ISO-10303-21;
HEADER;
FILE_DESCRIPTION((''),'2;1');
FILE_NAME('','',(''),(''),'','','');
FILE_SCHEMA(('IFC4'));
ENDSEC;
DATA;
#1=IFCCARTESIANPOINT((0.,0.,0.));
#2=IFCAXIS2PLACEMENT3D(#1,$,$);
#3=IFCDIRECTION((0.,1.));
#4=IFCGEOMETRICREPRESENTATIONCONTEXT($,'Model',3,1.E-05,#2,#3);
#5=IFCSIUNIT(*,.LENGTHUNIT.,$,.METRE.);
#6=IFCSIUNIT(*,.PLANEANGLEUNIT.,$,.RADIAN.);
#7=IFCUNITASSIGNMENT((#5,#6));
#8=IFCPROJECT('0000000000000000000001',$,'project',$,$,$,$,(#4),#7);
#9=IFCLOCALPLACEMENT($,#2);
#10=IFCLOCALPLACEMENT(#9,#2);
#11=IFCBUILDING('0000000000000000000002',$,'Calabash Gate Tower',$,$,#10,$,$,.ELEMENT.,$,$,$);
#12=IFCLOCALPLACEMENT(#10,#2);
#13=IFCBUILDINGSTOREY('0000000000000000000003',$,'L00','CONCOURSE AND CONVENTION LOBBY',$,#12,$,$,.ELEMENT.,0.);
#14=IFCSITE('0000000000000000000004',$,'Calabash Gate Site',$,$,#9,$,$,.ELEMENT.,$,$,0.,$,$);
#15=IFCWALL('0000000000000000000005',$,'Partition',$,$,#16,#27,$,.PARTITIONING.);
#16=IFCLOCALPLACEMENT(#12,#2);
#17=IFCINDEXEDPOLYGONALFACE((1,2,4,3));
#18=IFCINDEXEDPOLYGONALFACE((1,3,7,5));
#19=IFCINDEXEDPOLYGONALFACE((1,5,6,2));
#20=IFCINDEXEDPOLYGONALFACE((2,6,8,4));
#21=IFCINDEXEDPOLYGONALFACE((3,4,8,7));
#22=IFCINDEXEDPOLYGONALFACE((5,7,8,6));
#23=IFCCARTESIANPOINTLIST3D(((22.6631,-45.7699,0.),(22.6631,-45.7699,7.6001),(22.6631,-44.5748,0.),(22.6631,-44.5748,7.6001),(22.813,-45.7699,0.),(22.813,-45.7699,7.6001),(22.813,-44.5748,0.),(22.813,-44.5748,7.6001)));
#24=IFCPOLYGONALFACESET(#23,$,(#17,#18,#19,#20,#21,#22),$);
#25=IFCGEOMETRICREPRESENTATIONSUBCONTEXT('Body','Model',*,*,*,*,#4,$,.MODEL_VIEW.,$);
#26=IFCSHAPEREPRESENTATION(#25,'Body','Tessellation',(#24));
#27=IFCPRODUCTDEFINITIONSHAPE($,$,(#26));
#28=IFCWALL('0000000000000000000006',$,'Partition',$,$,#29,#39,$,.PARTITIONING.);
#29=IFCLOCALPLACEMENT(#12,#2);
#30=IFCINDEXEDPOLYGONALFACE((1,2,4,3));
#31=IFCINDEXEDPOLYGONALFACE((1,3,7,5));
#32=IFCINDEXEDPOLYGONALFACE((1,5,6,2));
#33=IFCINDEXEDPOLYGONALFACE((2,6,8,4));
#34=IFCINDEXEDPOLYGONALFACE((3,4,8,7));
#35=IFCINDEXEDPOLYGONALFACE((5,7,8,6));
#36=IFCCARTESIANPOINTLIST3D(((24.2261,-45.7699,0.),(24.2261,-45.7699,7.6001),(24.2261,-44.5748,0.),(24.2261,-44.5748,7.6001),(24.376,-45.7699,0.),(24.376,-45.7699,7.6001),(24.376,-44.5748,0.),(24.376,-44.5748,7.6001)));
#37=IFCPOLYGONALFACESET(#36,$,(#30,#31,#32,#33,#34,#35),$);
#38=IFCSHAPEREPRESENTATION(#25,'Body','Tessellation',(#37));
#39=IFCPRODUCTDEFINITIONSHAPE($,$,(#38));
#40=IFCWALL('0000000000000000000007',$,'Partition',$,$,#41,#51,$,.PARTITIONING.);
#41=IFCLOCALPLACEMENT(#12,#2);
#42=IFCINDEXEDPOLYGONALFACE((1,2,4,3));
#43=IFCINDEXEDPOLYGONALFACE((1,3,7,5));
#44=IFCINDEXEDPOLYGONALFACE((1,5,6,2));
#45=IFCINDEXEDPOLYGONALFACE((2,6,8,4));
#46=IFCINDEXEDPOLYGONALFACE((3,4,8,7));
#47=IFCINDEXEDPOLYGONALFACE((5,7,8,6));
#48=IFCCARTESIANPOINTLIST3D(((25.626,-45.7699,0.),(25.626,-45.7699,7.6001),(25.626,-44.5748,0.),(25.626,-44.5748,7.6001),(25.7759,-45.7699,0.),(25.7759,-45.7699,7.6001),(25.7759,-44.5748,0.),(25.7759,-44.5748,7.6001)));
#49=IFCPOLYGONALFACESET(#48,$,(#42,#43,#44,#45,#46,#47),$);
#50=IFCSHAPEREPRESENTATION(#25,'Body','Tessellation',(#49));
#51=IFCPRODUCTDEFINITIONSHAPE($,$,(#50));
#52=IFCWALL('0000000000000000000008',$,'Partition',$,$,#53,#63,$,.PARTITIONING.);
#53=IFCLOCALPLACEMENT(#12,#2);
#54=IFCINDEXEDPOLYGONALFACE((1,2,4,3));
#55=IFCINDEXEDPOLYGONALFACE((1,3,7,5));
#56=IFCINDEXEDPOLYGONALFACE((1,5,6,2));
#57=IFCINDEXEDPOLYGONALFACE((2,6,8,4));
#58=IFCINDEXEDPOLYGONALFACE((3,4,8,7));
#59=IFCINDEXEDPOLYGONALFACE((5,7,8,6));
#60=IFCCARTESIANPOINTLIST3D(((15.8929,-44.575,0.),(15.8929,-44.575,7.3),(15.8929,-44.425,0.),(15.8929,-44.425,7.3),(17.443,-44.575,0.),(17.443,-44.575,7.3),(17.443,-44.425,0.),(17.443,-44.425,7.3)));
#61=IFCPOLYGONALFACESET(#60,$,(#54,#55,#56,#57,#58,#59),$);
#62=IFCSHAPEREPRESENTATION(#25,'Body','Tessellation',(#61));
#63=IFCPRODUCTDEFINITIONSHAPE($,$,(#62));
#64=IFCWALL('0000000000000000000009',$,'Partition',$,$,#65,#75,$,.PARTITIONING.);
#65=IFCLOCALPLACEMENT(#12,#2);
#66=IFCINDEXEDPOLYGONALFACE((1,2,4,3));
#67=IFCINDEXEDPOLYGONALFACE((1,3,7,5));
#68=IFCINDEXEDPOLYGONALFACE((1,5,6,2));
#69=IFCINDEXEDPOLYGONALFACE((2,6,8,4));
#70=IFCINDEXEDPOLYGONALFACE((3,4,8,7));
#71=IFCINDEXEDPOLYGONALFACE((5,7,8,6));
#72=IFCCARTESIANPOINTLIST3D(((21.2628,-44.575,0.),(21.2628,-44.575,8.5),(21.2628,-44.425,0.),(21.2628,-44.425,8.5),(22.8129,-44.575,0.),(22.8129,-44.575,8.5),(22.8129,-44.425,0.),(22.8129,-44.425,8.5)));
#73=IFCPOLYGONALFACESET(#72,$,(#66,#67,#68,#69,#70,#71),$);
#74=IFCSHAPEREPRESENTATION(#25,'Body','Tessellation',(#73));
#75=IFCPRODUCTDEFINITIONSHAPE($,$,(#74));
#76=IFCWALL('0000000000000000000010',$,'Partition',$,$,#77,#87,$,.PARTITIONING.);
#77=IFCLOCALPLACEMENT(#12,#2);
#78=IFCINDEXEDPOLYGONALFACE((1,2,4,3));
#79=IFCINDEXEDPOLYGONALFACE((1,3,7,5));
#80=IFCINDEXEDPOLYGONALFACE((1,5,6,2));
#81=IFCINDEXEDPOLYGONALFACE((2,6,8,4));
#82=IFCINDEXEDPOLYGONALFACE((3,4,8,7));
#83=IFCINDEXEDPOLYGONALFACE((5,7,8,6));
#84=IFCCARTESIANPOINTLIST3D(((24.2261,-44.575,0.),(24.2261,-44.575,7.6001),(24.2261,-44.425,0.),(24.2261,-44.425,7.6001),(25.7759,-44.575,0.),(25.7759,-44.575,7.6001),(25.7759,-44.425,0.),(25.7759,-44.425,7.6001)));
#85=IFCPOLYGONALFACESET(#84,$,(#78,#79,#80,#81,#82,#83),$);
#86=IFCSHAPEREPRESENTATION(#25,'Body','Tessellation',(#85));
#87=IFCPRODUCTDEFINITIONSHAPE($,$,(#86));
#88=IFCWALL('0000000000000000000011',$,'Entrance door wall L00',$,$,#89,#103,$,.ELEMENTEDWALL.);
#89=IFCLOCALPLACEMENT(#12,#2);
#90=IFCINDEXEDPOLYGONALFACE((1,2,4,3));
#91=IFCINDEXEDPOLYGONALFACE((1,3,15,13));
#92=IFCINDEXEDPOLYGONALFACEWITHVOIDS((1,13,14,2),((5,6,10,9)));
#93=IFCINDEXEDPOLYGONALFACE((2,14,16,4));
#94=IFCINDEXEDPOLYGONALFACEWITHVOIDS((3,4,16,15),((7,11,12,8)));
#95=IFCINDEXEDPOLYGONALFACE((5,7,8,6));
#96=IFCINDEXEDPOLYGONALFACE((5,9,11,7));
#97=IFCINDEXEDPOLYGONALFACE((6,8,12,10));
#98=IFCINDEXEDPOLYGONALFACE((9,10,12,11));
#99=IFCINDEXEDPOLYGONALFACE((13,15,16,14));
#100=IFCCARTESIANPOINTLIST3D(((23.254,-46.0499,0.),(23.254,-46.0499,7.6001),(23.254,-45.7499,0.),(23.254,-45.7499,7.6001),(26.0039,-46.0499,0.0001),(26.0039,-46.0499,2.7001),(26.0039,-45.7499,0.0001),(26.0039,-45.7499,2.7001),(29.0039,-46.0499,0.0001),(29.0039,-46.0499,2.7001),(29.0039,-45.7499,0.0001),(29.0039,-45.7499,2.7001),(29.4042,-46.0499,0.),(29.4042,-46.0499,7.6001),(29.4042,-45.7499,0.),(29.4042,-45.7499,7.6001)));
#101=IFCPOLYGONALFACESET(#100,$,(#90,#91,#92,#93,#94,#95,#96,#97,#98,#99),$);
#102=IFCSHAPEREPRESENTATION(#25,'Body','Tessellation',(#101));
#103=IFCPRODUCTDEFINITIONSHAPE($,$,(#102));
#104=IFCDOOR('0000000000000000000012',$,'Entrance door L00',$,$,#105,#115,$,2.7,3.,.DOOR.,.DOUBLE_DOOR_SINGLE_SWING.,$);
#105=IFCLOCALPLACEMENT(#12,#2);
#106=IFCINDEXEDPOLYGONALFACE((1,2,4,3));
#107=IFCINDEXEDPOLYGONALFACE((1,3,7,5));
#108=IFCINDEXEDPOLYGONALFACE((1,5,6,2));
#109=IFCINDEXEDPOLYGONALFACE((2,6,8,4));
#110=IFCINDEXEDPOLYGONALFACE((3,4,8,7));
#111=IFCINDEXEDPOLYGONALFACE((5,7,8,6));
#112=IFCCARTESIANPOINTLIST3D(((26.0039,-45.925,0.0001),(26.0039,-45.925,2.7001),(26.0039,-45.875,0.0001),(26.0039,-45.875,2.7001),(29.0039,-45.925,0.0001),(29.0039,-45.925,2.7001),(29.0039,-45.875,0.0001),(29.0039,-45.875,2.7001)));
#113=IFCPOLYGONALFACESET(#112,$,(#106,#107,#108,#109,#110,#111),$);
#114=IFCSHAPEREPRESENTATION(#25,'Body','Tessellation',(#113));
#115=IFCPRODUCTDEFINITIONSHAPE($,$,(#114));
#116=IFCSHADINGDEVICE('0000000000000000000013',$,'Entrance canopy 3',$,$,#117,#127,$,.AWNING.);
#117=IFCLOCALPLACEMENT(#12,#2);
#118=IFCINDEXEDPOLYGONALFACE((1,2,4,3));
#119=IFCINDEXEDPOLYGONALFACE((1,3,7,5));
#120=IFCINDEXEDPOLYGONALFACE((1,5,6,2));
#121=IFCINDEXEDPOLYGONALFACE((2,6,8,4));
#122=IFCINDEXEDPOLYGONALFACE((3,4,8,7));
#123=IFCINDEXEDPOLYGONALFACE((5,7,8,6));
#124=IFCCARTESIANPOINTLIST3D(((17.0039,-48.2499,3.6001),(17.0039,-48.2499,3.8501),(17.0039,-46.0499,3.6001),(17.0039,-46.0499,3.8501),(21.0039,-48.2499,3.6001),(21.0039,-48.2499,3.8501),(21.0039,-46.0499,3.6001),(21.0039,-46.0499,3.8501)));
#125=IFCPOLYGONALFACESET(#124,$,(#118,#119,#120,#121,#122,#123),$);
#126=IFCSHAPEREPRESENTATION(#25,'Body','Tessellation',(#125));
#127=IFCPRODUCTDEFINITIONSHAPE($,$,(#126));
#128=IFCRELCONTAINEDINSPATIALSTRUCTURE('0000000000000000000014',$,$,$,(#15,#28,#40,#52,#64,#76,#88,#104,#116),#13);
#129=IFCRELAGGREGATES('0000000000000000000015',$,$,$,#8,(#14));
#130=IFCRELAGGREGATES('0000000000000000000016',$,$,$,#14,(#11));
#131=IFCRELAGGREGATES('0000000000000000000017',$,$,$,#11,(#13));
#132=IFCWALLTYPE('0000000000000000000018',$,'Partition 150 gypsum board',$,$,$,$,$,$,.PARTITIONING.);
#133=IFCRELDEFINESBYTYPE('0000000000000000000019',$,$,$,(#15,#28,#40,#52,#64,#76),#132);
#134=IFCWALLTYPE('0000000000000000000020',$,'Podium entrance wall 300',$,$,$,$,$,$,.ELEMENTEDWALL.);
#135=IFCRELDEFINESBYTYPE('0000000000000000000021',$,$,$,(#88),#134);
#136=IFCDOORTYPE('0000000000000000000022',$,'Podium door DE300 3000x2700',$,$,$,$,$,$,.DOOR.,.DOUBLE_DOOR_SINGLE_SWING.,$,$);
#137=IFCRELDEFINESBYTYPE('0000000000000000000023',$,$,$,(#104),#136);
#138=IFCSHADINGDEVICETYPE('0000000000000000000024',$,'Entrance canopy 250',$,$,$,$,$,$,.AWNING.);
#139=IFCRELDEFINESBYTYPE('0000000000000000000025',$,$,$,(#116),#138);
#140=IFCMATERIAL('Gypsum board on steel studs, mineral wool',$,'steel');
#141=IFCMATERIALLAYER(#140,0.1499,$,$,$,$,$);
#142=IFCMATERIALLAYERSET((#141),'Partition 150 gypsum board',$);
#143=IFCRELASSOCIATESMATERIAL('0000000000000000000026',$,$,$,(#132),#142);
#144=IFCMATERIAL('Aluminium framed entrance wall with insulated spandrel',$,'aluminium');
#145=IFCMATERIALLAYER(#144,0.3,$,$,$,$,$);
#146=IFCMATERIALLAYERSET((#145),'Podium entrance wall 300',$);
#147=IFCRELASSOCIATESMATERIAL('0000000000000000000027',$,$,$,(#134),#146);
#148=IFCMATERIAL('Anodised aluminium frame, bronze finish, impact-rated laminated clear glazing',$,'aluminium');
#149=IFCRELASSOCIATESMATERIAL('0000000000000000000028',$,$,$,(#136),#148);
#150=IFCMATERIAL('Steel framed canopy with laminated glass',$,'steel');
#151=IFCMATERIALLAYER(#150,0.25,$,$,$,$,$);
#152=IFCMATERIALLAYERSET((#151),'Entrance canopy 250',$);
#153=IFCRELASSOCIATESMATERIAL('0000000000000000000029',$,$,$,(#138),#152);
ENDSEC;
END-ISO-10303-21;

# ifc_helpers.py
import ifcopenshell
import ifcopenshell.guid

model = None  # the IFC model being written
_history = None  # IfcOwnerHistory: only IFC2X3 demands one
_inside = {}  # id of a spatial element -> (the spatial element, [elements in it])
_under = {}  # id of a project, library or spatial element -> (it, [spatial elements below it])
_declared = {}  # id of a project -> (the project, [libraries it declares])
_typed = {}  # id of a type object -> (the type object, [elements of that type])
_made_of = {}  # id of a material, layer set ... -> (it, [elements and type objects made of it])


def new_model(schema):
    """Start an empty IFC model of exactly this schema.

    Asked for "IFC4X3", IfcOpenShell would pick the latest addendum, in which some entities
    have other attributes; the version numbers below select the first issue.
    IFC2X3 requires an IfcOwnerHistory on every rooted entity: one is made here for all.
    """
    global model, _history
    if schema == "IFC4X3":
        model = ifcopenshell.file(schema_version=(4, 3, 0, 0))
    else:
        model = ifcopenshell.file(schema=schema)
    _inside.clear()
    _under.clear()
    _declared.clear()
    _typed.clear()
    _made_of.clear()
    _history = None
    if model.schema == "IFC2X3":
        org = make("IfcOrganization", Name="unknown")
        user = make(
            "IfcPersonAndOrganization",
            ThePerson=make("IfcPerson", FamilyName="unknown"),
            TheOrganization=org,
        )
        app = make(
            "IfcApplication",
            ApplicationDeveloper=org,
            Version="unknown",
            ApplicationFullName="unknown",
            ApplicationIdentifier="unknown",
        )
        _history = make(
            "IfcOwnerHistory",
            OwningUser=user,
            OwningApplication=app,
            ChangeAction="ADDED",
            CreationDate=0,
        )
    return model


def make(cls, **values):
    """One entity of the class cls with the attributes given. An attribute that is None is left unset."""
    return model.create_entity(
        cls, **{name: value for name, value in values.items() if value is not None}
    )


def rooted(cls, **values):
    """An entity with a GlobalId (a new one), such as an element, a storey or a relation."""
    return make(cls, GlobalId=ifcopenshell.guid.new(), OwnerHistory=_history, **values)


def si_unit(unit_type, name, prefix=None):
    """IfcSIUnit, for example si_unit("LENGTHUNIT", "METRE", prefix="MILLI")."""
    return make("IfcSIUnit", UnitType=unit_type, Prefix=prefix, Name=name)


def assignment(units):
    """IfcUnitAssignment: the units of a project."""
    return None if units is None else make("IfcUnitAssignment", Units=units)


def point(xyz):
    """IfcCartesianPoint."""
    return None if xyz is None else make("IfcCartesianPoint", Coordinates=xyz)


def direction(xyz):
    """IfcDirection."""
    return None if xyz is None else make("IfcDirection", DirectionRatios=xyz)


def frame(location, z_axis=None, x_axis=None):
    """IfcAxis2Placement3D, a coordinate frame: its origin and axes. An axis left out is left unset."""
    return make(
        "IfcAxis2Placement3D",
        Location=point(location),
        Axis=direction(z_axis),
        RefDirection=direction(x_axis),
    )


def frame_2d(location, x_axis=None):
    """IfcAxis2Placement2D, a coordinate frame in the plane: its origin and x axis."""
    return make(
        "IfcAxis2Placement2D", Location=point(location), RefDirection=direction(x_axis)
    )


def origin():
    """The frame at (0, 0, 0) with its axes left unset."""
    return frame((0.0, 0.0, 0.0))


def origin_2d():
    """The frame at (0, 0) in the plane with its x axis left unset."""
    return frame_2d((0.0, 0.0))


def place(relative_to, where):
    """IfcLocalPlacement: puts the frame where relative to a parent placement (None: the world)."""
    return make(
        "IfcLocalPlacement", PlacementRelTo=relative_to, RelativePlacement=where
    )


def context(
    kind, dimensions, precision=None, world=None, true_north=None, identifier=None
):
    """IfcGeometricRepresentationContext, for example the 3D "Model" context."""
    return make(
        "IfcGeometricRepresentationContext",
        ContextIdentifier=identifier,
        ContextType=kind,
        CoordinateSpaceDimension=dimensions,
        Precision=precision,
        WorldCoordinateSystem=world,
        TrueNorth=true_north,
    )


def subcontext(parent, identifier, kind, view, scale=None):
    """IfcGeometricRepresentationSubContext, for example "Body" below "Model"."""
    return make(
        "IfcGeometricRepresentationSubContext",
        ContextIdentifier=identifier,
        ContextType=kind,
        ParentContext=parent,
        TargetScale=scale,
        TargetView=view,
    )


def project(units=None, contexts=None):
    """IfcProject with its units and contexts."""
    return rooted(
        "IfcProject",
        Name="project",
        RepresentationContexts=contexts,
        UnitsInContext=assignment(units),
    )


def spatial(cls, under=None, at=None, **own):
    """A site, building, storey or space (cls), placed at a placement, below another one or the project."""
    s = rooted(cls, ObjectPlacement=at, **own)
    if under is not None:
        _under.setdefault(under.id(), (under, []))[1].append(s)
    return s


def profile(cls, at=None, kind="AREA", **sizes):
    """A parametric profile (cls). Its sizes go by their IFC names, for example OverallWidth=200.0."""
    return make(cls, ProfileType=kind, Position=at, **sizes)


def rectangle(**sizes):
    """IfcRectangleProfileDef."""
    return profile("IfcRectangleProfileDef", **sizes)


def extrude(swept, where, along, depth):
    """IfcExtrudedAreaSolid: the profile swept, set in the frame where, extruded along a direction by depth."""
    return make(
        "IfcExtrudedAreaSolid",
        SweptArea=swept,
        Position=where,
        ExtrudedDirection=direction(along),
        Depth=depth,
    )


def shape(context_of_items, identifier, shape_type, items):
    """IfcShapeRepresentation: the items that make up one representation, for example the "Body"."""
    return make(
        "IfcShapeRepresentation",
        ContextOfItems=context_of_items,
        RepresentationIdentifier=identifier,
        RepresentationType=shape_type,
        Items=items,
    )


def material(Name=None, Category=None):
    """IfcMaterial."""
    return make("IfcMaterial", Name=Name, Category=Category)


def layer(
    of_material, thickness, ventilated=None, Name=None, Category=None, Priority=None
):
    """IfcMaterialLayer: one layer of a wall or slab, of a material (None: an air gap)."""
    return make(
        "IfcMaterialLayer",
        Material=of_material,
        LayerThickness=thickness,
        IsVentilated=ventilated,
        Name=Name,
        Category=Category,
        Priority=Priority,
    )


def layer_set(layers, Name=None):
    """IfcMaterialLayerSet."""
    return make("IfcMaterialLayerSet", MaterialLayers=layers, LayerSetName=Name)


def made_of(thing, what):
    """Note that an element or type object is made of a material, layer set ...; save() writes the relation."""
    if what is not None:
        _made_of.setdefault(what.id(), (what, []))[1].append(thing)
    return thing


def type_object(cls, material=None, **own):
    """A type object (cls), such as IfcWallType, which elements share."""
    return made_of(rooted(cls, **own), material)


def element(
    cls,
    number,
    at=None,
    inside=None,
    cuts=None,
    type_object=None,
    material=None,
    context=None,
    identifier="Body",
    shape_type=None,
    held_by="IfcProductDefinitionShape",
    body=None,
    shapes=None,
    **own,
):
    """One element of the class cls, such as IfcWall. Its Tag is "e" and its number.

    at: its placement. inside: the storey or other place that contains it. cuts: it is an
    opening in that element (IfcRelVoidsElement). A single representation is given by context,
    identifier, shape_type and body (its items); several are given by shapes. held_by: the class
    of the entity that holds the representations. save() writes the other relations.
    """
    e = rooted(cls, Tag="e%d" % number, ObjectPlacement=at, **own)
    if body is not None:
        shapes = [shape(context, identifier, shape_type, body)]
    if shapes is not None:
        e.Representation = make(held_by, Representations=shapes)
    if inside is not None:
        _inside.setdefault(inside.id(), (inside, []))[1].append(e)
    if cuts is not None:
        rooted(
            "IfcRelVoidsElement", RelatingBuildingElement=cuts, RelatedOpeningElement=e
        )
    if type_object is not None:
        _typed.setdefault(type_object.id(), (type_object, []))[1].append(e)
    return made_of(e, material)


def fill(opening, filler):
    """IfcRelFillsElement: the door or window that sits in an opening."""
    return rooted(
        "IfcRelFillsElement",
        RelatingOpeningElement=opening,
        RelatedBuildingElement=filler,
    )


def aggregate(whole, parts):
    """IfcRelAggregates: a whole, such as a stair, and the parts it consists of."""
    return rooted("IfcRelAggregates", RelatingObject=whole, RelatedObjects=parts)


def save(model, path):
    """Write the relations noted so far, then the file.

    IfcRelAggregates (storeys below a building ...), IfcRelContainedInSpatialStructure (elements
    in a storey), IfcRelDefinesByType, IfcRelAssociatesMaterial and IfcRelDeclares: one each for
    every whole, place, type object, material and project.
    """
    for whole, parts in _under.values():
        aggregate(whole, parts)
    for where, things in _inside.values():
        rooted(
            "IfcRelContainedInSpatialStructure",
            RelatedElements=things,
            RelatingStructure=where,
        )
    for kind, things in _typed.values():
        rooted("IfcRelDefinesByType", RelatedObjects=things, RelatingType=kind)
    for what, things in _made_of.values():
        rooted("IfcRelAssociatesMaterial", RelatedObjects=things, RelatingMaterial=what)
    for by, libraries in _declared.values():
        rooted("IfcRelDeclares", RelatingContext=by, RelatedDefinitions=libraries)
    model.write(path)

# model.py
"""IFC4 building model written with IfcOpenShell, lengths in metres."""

from ifc_helpers import new_model, si_unit, direction, frame, frame_2d, origin, origin_2d, place, context, subcontext, project, spatial, rectangle, extrude, material, layer, layer_set, type_object, element, fill, save


model = new_model("IFC4")

# Units and contexts
model_context = context("Model", 3, precision=1e-05, world=origin(), true_north=direction((0.0, 1.0)))
body_context = subcontext(model_context, "Body", "Model", "MODEL_VIEW")
ifc_project = project(units=[si_unit("LENGTHUNIT", "METRE"), si_unit("PLANEANGLEUNIT", "RADIAN")], contexts=[model_context])

# Site, building, storey
site_placement = place(None, origin())
site = spatial("IfcSite", under=ifc_project, at=site_placement, Name="Calabash Gate Site", CompositionType="ELEMENT", RefElevation=0.0)
building_placement = place(site_placement, origin())
building = spatial("IfcBuilding", under=site, at=building_placement, Name="Calabash Gate Tower", CompositionType="ELEMENT")
storey_placement = place(building_placement, origin())
storey = spatial("IfcBuildingStorey", under=building, at=storey_placement, Name="L00", Description="CONCOURSE AND CONVENTION LOBBY", CompositionType="ELEMENT", Elevation=0.0)

# Walls
ifc_material_1 = material(Name="Gypsum board on steel studs, mineral wool", Category="steel")
ifc_layer_1 = layer(ifc_material_1, 0.1499)
ifc_layer_set_1 = layer_set([ifc_layer_1], Name="Partition 150 gypsum board")
wall_type_1 = type_object("IfcWallType", Name="Partition 150 gypsum board", PredefinedType="PARTITIONING", material=ifc_layer_set_1)
for number, where, z_axis, x_axis, name in (
    (1, (22.738, -45.77, 0.0), (0.0, 0.0, 1.0), (0.0, 1.0, 0.0), "Partition"),
    (2, (24.301, -45.77, 0.0), (0.0, 0.0, 1.0), (0.0, 1.0, 0.0), "Partition"),
    (3, (25.7009, -45.77, 0.0), (0.0, 0.0, 1.0), (0.0, 1.0, 0.0), "Partition"),
):
    element("IfcWall", number, at=place(storey_placement, frame(where, z_axis=z_axis, x_axis=x_axis)), inside=storey, type_object=wall_type_1, Name=name, PredefinedType="PARTITIONING", context=body_context, shape_type="SweptSolid", body=[
        extrude(rectangle(XDim=1.1951, YDim=0.1499, at=frame_2d((0.5977, 0.0))), origin(), (0.0, 0.0, 1.0), 7.6001),
    ])
wall_1_placement = place(storey_placement, frame((15.8931, -44.5, 0.0), z_axis=(0.0, 0.0, 1.0), x_axis=(1.0, 0.0, 0.0)))
element("IfcWall", 4, at=wall_1_placement, inside=storey, type_object=wall_type_1, Name="Partition", PredefinedType="PARTITIONING", context=body_context, shape_type="SweptSolid", body=[
    extrude(rectangle(XDim=1.55, YDim=0.1499, at=frame_2d((0.7749, 0.0))), origin(), (0.0, 0.0, 1.0), 7.3),
])
wall_2_placement = place(storey_placement, frame((21.2629, -44.5, 0.0), z_axis=(0.0, 0.0, 1.0), x_axis=(1.0, 0.0, 0.0)))
element("IfcWall", 5, at=wall_2_placement, inside=storey, type_object=wall_type_1, Name="Partition", PredefinedType="PARTITIONING", context=body_context, shape_type="SweptSolid", body=[
    extrude(rectangle(XDim=1.55, YDim=0.1499, at=frame_2d((0.7749, 0.0))), origin(), (0.0, 0.0, 1.0), 8.5),
])
wall_3_placement = place(storey_placement, frame((24.2261, -44.5, 0.0), z_axis=(0.0, 0.0, 1.0), x_axis=(1.0, 0.0, 0.0)))
element("IfcWall", 6, at=wall_3_placement, inside=storey, type_object=wall_type_1, Name="Partition", PredefinedType="PARTITIONING", context=body_context, shape_type="SweptSolid", body=[
    extrude(rectangle(XDim=1.5498, YDim=0.1499, at=frame_2d((0.7749, 0.0))), origin(), (0.0, 0.0, 1.0), 7.6001),
])

# Wall, opening, door
ifc_material_2 = material(Name="Aluminium framed entrance wall with insulated spandrel", Category="aluminium")
ifc_layer_2 = layer(ifc_material_2, 0.3)
ifc_layer_set_2 = layer_set([ifc_layer_2], Name="Podium entrance wall 300")
wall_type_2 = type_object("IfcWallType", Name="Podium entrance wall 300", PredefinedType="ELEMENTEDWALL", material=ifc_layer_set_2)
wall_4_placement = place(storey_placement, frame((23.2539, -45.8999, 0.0), z_axis=(0.0, 0.0, 1.0), x_axis=(1.0, 0.0, 0.0)))
wall_4 = element("IfcWall", 7, at=wall_4_placement, inside=storey, type_object=wall_type_2, Name="Entrance door wall L00", PredefinedType="ELEMENTEDWALL", context=body_context, shape_type="SweptSolid", body=[
    extrude(rectangle(XDim=6.1501, YDim=0.3, at=frame_2d((3.0752, 0.0))), origin(), (0.0, 0.0, 1.0), 7.6001),
])
opening_placement = place(wall_4_placement, frame((2.75, 0.0, 0.0)))
opening = element("IfcOpeningElement", 8, at=opening_placement, cuts=wall_4, PredefinedType="OPENING", context=body_context, shape_type="SweptSolid", body=[
    extrude(rectangle(XDim=3.0, YDim=2.7, at=frame_2d((1.5, 1.3501))), frame((0.0, 0.1599, 0.0), z_axis=(0.0, -1.0, 0.0), x_axis=(1.0, 0.0, 0.0)), (0.0, 0.0, 1.0), 0.3201),
])
ifc_material_3 = material(Name="Anodised aluminium frame, bronze finish, impact-rated laminated clear glazing", Category="aluminium")
door_type = type_object("IfcDoorType", Name="Podium door DE300 3000x2700", OperationType="DOUBLE_DOOR_SINGLE_SWING", PredefinedType="DOOR", material=ifc_material_3)
door_placement = place(opening_placement, origin())
door = element("IfcDoor", 9, at=door_placement, inside=storey, type_object=door_type, Name="Entrance door L00", OperationType="DOUBLE_DOOR_SINGLE_SWING", OverallHeight=2.7, OverallWidth=3.0, PredefinedType="DOOR", context=body_context, shape_type="SweptSolid", body=[
    extrude(rectangle(XDim=3.0, YDim=2.7, at=frame_2d((1.5, 1.3501))), frame((0.0, 0.0249, 0.0), z_axis=(0.0, -1.0, 0.0), x_axis=(1.0, 0.0, 0.0)), (0.0, 0.0, 1.0), 0.05),
])
fill(opening, door)

# Shading device
ifc_material_4 = material(Name="Steel framed canopy with laminated glass", Category="steel")
ifc_layer_3 = layer(ifc_material_4, 0.25)
ifc_layer_set_3 = layer_set([ifc_layer_3], Name="Entrance canopy 250")
shading_device_type = type_object("IfcShadingDeviceType", Name="Entrance canopy 250", PredefinedType="AWNING", material=ifc_layer_set_3)
shading_device_placement = place(storey_placement, frame((19.0039, -47.1499, 3.6001), z_axis=(0.0, 0.0, 1.0), x_axis=(1.0, 0.0, 0.0)))
element("IfcShadingDevice", 10, at=shading_device_placement, inside=storey, type_object=shading_device_type, Name="Entrance canopy 3", PredefinedType="AWNING", context=body_context, shape_type="SweptSolid", body=[
    extrude(rectangle(XDim=4.0, YDim=2.2, at=origin_2d()), origin(), (0.0, 0.0, 1.0), 0.25),
])

save(model, "model.ifc")
